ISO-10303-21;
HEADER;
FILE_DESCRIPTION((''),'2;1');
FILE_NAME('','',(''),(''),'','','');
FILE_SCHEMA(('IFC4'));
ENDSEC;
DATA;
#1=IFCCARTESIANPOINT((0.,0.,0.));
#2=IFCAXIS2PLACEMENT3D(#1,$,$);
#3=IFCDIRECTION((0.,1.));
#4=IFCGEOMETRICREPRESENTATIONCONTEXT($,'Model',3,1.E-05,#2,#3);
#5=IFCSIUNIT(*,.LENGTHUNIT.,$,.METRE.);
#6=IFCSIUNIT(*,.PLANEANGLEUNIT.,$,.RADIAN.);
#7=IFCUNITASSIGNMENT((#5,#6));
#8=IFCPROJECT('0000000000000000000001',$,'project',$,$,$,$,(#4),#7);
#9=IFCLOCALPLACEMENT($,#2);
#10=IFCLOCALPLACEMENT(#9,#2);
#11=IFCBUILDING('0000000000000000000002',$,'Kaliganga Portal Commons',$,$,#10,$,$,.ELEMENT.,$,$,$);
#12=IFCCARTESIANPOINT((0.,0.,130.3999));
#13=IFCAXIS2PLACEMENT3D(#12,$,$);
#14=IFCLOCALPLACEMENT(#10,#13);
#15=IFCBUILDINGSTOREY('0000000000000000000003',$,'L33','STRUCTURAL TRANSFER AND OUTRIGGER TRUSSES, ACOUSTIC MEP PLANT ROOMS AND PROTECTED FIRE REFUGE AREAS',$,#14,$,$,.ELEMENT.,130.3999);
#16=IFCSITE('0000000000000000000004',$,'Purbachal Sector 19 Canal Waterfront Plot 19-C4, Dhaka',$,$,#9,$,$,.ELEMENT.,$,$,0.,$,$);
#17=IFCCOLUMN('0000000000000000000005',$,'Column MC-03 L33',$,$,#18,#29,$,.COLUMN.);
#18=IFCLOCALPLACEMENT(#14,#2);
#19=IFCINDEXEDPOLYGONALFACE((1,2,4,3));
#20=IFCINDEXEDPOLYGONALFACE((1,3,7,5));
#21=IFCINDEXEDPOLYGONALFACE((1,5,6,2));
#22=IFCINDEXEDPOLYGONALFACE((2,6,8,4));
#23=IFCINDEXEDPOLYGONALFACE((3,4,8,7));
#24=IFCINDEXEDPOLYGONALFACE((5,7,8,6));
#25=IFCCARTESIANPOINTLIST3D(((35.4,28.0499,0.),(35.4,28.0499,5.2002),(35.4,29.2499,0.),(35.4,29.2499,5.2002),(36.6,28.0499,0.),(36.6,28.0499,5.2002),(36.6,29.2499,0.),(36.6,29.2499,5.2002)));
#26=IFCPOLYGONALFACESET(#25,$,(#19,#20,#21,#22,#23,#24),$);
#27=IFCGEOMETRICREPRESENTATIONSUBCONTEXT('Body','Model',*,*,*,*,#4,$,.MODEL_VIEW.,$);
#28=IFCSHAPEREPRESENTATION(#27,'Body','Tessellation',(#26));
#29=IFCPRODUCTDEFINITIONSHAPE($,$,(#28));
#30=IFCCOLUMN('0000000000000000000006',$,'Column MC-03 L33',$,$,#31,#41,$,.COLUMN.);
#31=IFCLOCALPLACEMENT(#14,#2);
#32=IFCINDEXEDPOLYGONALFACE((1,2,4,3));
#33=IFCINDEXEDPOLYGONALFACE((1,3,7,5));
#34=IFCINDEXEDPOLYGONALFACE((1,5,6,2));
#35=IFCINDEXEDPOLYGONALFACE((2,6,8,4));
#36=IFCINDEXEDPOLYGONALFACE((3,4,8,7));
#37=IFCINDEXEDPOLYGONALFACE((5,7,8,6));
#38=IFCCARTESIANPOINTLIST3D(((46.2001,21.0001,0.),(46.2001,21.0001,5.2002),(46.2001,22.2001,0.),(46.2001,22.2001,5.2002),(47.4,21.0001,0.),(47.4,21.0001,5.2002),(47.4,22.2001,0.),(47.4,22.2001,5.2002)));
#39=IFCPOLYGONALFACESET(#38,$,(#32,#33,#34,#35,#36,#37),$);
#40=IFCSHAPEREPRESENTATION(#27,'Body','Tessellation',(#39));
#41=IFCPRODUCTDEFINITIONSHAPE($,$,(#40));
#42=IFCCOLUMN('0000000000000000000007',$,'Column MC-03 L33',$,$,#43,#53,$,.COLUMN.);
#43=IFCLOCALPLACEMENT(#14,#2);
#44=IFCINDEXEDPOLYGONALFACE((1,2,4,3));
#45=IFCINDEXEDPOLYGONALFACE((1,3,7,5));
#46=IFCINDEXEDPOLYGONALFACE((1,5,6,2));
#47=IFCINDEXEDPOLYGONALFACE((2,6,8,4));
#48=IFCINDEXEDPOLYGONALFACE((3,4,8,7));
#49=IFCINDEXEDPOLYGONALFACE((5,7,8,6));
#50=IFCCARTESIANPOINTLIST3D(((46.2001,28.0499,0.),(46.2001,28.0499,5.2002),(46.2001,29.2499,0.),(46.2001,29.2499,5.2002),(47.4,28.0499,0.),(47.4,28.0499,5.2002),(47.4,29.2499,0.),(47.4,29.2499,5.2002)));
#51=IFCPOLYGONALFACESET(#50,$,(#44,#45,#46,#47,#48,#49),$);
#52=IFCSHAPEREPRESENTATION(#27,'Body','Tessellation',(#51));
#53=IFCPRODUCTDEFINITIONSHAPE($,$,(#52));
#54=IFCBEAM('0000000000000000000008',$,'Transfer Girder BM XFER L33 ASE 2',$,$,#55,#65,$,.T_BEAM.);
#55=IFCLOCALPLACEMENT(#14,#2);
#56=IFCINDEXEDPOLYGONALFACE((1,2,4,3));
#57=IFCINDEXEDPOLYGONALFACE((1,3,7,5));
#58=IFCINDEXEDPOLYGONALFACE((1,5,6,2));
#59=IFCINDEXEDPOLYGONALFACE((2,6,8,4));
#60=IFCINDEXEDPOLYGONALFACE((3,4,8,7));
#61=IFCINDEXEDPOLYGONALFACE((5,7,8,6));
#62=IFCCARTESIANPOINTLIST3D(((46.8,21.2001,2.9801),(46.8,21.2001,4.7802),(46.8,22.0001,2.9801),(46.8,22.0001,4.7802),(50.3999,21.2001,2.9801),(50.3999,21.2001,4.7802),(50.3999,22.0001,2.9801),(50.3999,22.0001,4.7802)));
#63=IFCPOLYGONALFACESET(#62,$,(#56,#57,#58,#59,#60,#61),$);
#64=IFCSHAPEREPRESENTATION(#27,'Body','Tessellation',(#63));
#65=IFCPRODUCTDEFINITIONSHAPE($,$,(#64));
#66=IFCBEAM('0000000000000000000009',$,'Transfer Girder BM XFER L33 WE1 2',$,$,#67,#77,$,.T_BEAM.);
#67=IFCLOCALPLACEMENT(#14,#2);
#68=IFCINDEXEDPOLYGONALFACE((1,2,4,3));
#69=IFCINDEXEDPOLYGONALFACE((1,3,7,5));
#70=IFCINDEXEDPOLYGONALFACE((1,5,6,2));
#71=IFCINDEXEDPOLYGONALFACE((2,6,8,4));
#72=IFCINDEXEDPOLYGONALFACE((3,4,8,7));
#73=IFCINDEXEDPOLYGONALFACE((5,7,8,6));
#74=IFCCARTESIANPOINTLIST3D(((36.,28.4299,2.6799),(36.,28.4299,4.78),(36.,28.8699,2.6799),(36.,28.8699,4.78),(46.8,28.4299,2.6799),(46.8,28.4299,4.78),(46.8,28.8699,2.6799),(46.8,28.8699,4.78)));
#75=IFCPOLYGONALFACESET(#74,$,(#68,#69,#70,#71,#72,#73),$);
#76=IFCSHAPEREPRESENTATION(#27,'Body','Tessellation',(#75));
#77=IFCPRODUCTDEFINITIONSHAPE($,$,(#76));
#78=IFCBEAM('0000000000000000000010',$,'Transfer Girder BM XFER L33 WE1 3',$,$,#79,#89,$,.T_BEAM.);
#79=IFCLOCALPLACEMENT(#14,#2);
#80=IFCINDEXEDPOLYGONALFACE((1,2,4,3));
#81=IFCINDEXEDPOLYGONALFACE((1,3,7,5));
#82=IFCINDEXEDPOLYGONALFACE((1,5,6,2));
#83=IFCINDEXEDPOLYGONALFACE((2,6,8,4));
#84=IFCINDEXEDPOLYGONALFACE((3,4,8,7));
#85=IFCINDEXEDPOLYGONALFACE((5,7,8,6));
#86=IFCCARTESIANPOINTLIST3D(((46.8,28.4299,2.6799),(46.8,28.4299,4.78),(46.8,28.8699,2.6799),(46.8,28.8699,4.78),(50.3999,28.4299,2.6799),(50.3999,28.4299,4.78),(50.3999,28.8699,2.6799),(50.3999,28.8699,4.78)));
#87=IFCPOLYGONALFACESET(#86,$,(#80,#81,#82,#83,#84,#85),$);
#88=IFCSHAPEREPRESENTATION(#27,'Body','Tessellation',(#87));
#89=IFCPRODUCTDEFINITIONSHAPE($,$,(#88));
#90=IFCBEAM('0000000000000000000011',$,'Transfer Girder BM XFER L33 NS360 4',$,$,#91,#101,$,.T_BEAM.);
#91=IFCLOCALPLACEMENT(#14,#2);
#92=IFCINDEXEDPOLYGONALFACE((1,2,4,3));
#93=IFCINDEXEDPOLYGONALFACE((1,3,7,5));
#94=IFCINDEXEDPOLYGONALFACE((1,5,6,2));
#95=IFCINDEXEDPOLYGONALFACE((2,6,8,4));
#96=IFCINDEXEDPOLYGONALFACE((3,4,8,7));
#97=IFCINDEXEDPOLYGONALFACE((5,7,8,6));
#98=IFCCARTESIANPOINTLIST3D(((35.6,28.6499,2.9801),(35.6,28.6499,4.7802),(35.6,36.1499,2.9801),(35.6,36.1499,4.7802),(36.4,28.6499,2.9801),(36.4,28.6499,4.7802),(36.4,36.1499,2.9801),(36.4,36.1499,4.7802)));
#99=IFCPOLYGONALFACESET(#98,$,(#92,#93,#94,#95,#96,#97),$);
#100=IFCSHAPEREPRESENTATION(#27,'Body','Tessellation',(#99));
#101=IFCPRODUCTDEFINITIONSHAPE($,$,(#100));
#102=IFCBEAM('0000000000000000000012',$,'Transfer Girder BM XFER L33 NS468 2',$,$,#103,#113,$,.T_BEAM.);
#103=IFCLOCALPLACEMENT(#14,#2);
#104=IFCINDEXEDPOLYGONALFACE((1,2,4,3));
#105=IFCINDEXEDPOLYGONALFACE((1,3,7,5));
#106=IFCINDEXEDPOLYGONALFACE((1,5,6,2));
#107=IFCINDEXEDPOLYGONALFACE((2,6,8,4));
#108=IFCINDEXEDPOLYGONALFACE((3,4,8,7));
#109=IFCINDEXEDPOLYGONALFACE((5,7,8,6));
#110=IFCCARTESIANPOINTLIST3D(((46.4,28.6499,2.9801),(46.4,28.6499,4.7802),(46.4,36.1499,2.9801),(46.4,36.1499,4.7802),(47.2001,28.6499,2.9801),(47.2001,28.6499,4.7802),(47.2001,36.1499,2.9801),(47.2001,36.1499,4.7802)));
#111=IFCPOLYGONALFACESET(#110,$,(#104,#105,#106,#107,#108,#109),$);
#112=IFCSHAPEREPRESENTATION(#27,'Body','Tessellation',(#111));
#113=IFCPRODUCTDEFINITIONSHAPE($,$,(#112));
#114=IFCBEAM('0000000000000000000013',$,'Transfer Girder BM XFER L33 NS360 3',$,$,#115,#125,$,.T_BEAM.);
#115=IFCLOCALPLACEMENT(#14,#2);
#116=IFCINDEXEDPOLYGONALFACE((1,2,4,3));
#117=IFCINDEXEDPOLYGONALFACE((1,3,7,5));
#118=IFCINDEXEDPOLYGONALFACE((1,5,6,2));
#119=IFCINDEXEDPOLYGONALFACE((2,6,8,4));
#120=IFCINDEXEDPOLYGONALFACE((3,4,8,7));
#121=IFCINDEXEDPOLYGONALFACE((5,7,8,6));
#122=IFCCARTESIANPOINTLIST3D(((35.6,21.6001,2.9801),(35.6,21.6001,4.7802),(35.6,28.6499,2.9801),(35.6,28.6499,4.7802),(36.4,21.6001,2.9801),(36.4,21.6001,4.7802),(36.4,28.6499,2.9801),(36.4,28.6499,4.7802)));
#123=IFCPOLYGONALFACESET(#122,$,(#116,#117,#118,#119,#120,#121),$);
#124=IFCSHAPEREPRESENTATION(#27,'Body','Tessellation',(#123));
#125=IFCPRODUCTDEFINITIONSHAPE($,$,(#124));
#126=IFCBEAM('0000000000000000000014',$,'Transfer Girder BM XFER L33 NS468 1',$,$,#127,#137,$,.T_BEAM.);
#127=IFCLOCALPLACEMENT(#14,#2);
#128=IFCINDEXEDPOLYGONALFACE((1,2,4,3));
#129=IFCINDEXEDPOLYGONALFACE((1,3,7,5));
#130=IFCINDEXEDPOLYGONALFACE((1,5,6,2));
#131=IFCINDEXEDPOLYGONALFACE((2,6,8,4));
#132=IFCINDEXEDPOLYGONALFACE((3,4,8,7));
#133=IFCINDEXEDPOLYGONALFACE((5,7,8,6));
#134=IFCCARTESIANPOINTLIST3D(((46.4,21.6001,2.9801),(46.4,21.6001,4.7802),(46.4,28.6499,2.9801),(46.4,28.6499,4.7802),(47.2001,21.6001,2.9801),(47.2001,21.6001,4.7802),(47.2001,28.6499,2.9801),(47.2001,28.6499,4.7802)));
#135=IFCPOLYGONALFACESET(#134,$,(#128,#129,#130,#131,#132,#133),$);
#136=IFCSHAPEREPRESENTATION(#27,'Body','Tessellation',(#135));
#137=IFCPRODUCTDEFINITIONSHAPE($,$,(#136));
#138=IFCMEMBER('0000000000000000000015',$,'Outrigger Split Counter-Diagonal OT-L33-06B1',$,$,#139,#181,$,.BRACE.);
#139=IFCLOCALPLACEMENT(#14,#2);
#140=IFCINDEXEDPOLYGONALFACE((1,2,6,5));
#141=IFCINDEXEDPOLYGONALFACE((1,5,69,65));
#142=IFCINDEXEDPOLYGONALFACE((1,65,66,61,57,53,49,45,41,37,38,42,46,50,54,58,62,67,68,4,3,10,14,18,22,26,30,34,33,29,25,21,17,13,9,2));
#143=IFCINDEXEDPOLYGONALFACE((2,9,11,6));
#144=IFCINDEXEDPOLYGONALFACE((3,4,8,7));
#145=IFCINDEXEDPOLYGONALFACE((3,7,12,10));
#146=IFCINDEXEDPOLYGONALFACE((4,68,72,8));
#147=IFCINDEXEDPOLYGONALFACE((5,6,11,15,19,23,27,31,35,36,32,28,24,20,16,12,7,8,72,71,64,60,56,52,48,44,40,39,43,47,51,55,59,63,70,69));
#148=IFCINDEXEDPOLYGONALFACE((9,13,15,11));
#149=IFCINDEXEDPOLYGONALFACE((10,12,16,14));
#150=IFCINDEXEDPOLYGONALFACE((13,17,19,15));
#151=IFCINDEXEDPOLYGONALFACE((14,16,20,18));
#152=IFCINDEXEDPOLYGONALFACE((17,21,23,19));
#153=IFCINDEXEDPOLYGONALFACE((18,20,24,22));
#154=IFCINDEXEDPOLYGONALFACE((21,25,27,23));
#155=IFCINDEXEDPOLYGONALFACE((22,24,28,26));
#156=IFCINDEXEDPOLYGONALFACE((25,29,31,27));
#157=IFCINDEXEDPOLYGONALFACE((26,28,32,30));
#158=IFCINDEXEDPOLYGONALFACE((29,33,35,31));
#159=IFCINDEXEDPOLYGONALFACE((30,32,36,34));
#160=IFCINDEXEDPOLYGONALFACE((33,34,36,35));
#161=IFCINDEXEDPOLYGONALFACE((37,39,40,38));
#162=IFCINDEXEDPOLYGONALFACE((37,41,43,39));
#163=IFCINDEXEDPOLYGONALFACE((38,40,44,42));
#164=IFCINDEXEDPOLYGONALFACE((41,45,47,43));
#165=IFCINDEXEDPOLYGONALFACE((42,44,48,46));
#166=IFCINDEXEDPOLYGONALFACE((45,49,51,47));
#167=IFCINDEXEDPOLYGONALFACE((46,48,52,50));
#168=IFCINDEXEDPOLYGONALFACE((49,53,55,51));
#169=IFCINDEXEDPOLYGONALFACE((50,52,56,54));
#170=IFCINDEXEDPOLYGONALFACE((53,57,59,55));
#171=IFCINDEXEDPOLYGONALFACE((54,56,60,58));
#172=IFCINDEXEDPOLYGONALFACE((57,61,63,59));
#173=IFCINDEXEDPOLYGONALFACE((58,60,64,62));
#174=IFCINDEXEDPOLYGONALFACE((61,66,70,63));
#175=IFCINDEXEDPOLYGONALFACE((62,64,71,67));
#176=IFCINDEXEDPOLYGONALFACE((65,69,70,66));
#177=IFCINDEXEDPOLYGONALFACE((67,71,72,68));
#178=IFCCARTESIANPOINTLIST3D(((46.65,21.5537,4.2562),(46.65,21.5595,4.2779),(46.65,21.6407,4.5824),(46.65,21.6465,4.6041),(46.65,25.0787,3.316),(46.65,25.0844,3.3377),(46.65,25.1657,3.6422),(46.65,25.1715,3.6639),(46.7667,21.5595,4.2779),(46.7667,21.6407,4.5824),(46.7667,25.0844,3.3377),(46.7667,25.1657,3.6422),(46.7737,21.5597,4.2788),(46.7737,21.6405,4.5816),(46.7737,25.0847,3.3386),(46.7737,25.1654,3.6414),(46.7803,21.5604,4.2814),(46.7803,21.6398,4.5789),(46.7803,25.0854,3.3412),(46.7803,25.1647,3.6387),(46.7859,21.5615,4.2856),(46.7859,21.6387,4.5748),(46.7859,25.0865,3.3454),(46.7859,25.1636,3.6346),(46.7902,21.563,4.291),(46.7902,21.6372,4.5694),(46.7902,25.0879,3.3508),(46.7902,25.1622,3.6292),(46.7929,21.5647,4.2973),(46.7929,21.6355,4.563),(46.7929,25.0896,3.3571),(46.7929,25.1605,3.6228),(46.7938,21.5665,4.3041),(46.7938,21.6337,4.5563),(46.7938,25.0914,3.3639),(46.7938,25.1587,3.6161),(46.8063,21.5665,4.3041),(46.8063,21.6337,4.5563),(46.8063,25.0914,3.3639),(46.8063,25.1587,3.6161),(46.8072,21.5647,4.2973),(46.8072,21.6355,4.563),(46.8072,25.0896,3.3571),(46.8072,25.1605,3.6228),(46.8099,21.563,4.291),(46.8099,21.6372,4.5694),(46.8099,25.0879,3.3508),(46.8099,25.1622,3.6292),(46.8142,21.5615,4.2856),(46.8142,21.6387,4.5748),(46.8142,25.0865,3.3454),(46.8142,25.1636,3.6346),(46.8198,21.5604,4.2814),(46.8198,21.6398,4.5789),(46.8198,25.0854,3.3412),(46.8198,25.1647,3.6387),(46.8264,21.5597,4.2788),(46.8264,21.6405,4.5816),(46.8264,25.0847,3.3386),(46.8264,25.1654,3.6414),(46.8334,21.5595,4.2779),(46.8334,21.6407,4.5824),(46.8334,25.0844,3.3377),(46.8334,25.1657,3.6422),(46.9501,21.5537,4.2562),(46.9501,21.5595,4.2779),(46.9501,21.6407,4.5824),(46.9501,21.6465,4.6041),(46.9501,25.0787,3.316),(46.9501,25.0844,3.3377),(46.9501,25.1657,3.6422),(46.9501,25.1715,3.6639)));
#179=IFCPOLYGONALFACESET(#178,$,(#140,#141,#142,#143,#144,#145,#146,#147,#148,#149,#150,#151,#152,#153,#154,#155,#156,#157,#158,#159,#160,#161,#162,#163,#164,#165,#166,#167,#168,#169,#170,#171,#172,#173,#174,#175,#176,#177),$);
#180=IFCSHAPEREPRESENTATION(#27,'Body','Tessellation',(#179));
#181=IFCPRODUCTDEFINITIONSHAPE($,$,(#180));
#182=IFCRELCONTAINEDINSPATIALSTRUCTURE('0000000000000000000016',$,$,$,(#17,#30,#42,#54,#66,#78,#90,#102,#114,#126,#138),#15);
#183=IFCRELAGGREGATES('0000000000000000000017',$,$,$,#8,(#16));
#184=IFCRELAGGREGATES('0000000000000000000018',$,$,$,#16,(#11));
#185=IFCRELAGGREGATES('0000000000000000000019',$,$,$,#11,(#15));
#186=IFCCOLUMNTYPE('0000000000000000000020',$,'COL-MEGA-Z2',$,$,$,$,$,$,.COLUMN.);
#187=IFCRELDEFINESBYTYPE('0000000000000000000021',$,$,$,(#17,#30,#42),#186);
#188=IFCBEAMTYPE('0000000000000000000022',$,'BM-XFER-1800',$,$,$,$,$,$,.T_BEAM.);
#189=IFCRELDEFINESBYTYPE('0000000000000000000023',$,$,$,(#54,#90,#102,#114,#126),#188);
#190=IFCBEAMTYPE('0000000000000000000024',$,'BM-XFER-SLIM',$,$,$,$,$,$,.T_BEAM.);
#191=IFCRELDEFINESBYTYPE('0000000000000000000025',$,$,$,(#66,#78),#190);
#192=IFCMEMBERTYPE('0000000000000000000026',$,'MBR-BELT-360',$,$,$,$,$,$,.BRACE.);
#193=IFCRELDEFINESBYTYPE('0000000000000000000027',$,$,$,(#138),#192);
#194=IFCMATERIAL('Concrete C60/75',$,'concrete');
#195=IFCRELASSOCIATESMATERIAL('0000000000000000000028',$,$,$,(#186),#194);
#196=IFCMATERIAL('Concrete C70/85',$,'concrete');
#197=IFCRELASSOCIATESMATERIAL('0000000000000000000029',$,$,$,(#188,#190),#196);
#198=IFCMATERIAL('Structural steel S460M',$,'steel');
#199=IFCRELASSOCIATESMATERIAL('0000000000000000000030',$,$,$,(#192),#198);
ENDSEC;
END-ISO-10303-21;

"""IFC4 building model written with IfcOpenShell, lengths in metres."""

from ifc_helpers import new_model, si_unit, direction, frame, origin, origin_2d, place, context, subcontext, project, spatial, rectangle, i_section, extrude, source, transform, mapped, material, material_profile, profile_set, type_object, element, save


model = new_model("IFC4")

# Units and contexts
model_context = context("Model", 3, precision=1e-05, world=origin(), true_north=direction((0.0, 1.0)))
body_context = subcontext(model_context, "Body", "Model", "MODEL_VIEW")
ifc_project = project(units=[si_unit("LENGTHUNIT", "METRE"), si_unit("PLANEANGLEUNIT", "RADIAN")], contexts=[model_context])

# Site, building, storey
site_placement = place(None, origin())
site = spatial("IfcSite", under=ifc_project, at=site_placement, Name="Purbachal Sector 19 Canal Waterfront Plot 19-C4, Dhaka", CompositionType="ELEMENT", RefElevation=0.0)
building_placement = place(site_placement, origin())
building = spatial("IfcBuilding", under=site, at=building_placement, Name="Kaliganga Portal Commons", CompositionType="ELEMENT")
storey_placement = place(building_placement, frame((0.0, 0.0, 130.3999)))
storey = spatial("IfcBuildingStorey", under=building, at=storey_placement, Name="L33", Description="STRUCTURAL TRANSFER AND OUTRIGGER TRUSSES, ACOUSTIC MEP PLANT ROOMS AND PROTECTED FIRE REFUGE AREAS", CompositionType="ELEMENT", Elevation=130.3999)

# Columns
ifc_material_1 = material(Name="Concrete C60/75", Category="concrete")
ifc_material_profile_1 = material_profile(ifc_material_1, rectangle(XDim=1.2, YDim=1.2, at=origin_2d()), Name="RC 1200x1200")
ifc_profile_set_1 = profile_set([ifc_material_profile_1], Name="Concrete C60/75")
column_type = type_object("IfcColumnType", Name="COL-MEGA-Z2", PredefinedType="COLUMN", material=ifc_profile_set_1)
shared_shape_1 = source(origin(), body_context, "Body", "SweptSolid", [
    extrude(rectangle(XDim=1.2, YDim=1.2, at=origin_2d()), origin(), (0.0, 0.0, 1.0), 5.2002),
])
for number, where, z_axis, x_axis, name in (
    (1, (36.0, 28.6499, 0.0), (0.0, 0.0, 1.0), (1.0, 0.0, 0.0), "Column MC-03 L33"),
    (2, (46.8, 21.6001, 0.0), (0.0, 0.0, 1.0), (1.0, 0.0, 0.0), "Column MC-03 L33"),
    (3, (46.8, 28.6499, 0.0), (0.0, 0.0, 1.0), (1.0, 0.0, 0.0), "Column MC-03 L33"),
):
    element("IfcColumn", number, at=place(storey_placement, frame(where, z_axis=z_axis, x_axis=x_axis)), inside=storey, type_object=column_type, Name=name, PredefinedType="COLUMN", context=body_context, shape_type="MappedRepresentation", body=[
        mapped(shared_shape_1, transform((0.0, 0.0, 0.0), x_axis=(1.0, 0.0, 0.0), y_axis=(0.0, 1.0, 0.0), z_axis=(0.0, 0.0, 1.0), scale=1.0)),
    ])

# Beams
ifc_material_2 = material(Name="Concrete C70/85", Category="concrete")
ifc_material_profile_2 = material_profile(ifc_material_2, rectangle(XDim=0.8, YDim=1.8, at=origin_2d()), Name="RC 800x1800")
ifc_profile_set_2 = profile_set([ifc_material_profile_2], Name="Concrete C70/85")
beam_type_1 = type_object("IfcBeamType", Name="BM-XFER-1800", PredefinedType="T_BEAM", material=ifc_profile_set_2)
shared_shape_2 = source(origin(), body_context, "Body", "SweptSolid", [
    extrude(rectangle(XDim=0.8, YDim=1.8, at=origin_2d()), origin(), (0.0, 0.0, 1.0), 3.5999),
])
beam_1_placement = place(storey_placement, frame((46.8, 21.6001, 3.8801), z_axis=(1.0, 0.0, 0.0), x_axis=(0.0, 1.0, 0.0)))
element("IfcBeam", 4, at=beam_1_placement, inside=storey, type_object=beam_type_1, Name="Transfer Girder BM XFER L33 ASE 2", PredefinedType="T_BEAM", context=body_context, shape_type="MappedRepresentation", body=[
    mapped(shared_shape_2, transform((0.0, 0.0, 0.0), x_axis=(1.0, 0.0, 0.0), y_axis=(0.0, 1.0, 0.0), z_axis=(0.0, 0.0, 1.0), scale=1.0)),
])
ifc_material_profile_3 = material_profile(ifc_material_2, rectangle(XDim=0.4399, YDim=2.1001, at=origin_2d()), Name="RC 440x2100")
ifc_profile_set_3 = profile_set([ifc_material_profile_3], Name="Concrete C70/85")
beam_type_2 = type_object("IfcBeamType", Name="BM-XFER-SLIM", PredefinedType="T_BEAM", material=ifc_profile_set_3)
shared_shape_3 = source(origin(), body_context, "Body", "SweptSolid", [
    extrude(rectangle(XDim=0.4399, YDim=2.1001, at=origin_2d()), origin(), (0.0, 0.0, 1.0), 10.8),
])
beam_2_placement = place(storey_placement, frame((36.0, 28.6499, 3.73), z_axis=(1.0, 0.0, 0.0), x_axis=(0.0, 1.0, 0.0)))
element("IfcBeam", 5, at=beam_2_placement, inside=storey, type_object=beam_type_2, Name="Transfer Girder BM XFER L33 WE1 2", PredefinedType="T_BEAM", context=body_context, shape_type="MappedRepresentation", body=[
    mapped(shared_shape_3, transform((0.0, 0.0, 0.0), x_axis=(1.0, 0.0, 0.0), y_axis=(0.0, 1.0, 0.0), z_axis=(0.0, 0.0, 1.0), scale=1.0)),
])
shared_shape_4 = source(origin(), body_context, "Body", "SweptSolid", [
    extrude(rectangle(XDim=0.4399, YDim=2.1001, at=origin_2d()), origin(), (0.0, 0.0, 1.0), 3.5999),
])
beam_3_placement = place(storey_placement, frame((46.8, 28.6499, 3.73), z_axis=(1.0, 0.0, 0.0), x_axis=(0.0, 1.0, 0.0)))
element("IfcBeam", 6, at=beam_3_placement, inside=storey, type_object=beam_type_2, Name="Transfer Girder BM XFER L33 WE1 3", PredefinedType="T_BEAM", context=body_context, shape_type="MappedRepresentation", body=[
    mapped(shared_shape_4, transform((0.0, 0.0, 0.0), x_axis=(1.0, 0.0, 0.0), y_axis=(0.0, 1.0, 0.0), z_axis=(0.0, 0.0, 1.0), scale=1.0)),
])
shared_shape_5 = source(origin(), body_context, "Body", "SweptSolid", [
    extrude(rectangle(XDim=0.8, YDim=1.8, at=origin_2d()), origin(), (0.0, 0.0, 1.0), 7.5),
])
for number, where, z_axis, x_axis, name in (
    (7, (36.0, 28.6499, 3.8801), (0.0, 1.0, 0.0), (-1.0, 0.0, 0.0), "Transfer Girder BM XFER L33 NS360 4"),
    (8, (46.8, 28.6499, 3.8801), (0.0, 1.0, 0.0), (-1.0, 0.0, 0.0), "Transfer Girder BM XFER L33 NS468 2"),
):
    element("IfcBeam", number, at=place(storey_placement, frame(where, z_axis=z_axis, x_axis=x_axis)), inside=storey, type_object=beam_type_1, Name=name, PredefinedType="T_BEAM", context=body_context, shape_type="MappedRepresentation", body=[
        mapped(shared_shape_5, transform((0.0, 0.0, 0.0), x_axis=(1.0, 0.0, 0.0), y_axis=(0.0, 1.0, 0.0), z_axis=(0.0, 0.0, 1.0), scale=1.0)),
    ])
shared_shape_6 = source(origin(), body_context, "Body", "SweptSolid", [
    extrude(rectangle(XDim=0.8, YDim=1.8, at=origin_2d()), origin(), (0.0, 0.0, 1.0), 7.0498),
])
for number, where, z_axis, x_axis, name in (
    (9, (36.0, 21.6001, 3.8801), (0.0, 1.0, 0.0), (-1.0, 0.0, 0.0), "Transfer Girder BM XFER L33 NS360 3"),
    (10, (46.8, 21.6001, 3.8801), (0.0, 1.0, 0.0), (-1.0, 0.0, 0.0), "Transfer Girder BM XFER L33 NS468 1"),
):
    element("IfcBeam", number, at=place(storey_placement, frame(where, z_axis=z_axis, x_axis=x_axis)), inside=storey, type_object=beam_type_1, Name=name, PredefinedType="T_BEAM", context=body_context, shape_type="MappedRepresentation", body=[
        mapped(shared_shape_6, transform((0.0, 0.0, 0.0), x_axis=(1.0, 0.0, 0.0), y_axis=(0.0, 1.0, 0.0), z_axis=(0.0, 0.0, 1.0), scale=1.0)),
    ])

# Member
ifc_material_3 = material(Name="Structural steel S460M", Category="steel")
ifc_material_profile_4 = material_profile(ifc_material_3, i_section(OverallWidth=0.3, OverallDepth=0.3601, WebThickness=0.0125, FlangeThickness=0.0225, FilletRadius=0.0271, at=origin_2d()), Name="HE 360 B")
ifc_profile_set_4 = profile_set([ifc_material_profile_4], Name="Structural steel S460M wide-flange")
member_type_1 = type_object("IfcMemberType", Name="MBR-BELT-360", PredefinedType="BRACE", material=ifc_profile_set_4)
shared_shape_7 = source(origin(), body_context, "Body", "SweptSolid", [
    extrude(i_section(OverallWidth=0.3, OverallDepth=0.3601, WebThickness=0.0125, FlangeThickness=0.0225, FilletRadius=0.0271, at=origin_2d()), origin(), (0.0, 0.0, 1.0), 3.6482),
])
for number, where, z_axis, x_axis, name in (
    (11, (46.8, 21.6001, 4.4302), (0.0, 0.96622, -0.257717), (-1.0, 0.0, 0.0), "Outrigger Split Counter-Diagonal OT-L33-06B1"),
):
    element("IfcMember", number, at=place(storey_placement, frame(where, z_axis=z_axis, x_axis=x_axis)), inside=storey, type_object=member_type_1, Name=name, PredefinedType="BRACE", context=body_context, shape_type="MappedRepresentation", body=[
        mapped(shared_shape_7, transform((0.0, 0.0, 0.0), x_axis=(1.0, 0.0, 0.0), y_axis=(0.0, 1.0, 0.0), z_axis=(0.0, 0.0, 1.0), scale=1.0)),
    ])

save(model, "model.ifc")
